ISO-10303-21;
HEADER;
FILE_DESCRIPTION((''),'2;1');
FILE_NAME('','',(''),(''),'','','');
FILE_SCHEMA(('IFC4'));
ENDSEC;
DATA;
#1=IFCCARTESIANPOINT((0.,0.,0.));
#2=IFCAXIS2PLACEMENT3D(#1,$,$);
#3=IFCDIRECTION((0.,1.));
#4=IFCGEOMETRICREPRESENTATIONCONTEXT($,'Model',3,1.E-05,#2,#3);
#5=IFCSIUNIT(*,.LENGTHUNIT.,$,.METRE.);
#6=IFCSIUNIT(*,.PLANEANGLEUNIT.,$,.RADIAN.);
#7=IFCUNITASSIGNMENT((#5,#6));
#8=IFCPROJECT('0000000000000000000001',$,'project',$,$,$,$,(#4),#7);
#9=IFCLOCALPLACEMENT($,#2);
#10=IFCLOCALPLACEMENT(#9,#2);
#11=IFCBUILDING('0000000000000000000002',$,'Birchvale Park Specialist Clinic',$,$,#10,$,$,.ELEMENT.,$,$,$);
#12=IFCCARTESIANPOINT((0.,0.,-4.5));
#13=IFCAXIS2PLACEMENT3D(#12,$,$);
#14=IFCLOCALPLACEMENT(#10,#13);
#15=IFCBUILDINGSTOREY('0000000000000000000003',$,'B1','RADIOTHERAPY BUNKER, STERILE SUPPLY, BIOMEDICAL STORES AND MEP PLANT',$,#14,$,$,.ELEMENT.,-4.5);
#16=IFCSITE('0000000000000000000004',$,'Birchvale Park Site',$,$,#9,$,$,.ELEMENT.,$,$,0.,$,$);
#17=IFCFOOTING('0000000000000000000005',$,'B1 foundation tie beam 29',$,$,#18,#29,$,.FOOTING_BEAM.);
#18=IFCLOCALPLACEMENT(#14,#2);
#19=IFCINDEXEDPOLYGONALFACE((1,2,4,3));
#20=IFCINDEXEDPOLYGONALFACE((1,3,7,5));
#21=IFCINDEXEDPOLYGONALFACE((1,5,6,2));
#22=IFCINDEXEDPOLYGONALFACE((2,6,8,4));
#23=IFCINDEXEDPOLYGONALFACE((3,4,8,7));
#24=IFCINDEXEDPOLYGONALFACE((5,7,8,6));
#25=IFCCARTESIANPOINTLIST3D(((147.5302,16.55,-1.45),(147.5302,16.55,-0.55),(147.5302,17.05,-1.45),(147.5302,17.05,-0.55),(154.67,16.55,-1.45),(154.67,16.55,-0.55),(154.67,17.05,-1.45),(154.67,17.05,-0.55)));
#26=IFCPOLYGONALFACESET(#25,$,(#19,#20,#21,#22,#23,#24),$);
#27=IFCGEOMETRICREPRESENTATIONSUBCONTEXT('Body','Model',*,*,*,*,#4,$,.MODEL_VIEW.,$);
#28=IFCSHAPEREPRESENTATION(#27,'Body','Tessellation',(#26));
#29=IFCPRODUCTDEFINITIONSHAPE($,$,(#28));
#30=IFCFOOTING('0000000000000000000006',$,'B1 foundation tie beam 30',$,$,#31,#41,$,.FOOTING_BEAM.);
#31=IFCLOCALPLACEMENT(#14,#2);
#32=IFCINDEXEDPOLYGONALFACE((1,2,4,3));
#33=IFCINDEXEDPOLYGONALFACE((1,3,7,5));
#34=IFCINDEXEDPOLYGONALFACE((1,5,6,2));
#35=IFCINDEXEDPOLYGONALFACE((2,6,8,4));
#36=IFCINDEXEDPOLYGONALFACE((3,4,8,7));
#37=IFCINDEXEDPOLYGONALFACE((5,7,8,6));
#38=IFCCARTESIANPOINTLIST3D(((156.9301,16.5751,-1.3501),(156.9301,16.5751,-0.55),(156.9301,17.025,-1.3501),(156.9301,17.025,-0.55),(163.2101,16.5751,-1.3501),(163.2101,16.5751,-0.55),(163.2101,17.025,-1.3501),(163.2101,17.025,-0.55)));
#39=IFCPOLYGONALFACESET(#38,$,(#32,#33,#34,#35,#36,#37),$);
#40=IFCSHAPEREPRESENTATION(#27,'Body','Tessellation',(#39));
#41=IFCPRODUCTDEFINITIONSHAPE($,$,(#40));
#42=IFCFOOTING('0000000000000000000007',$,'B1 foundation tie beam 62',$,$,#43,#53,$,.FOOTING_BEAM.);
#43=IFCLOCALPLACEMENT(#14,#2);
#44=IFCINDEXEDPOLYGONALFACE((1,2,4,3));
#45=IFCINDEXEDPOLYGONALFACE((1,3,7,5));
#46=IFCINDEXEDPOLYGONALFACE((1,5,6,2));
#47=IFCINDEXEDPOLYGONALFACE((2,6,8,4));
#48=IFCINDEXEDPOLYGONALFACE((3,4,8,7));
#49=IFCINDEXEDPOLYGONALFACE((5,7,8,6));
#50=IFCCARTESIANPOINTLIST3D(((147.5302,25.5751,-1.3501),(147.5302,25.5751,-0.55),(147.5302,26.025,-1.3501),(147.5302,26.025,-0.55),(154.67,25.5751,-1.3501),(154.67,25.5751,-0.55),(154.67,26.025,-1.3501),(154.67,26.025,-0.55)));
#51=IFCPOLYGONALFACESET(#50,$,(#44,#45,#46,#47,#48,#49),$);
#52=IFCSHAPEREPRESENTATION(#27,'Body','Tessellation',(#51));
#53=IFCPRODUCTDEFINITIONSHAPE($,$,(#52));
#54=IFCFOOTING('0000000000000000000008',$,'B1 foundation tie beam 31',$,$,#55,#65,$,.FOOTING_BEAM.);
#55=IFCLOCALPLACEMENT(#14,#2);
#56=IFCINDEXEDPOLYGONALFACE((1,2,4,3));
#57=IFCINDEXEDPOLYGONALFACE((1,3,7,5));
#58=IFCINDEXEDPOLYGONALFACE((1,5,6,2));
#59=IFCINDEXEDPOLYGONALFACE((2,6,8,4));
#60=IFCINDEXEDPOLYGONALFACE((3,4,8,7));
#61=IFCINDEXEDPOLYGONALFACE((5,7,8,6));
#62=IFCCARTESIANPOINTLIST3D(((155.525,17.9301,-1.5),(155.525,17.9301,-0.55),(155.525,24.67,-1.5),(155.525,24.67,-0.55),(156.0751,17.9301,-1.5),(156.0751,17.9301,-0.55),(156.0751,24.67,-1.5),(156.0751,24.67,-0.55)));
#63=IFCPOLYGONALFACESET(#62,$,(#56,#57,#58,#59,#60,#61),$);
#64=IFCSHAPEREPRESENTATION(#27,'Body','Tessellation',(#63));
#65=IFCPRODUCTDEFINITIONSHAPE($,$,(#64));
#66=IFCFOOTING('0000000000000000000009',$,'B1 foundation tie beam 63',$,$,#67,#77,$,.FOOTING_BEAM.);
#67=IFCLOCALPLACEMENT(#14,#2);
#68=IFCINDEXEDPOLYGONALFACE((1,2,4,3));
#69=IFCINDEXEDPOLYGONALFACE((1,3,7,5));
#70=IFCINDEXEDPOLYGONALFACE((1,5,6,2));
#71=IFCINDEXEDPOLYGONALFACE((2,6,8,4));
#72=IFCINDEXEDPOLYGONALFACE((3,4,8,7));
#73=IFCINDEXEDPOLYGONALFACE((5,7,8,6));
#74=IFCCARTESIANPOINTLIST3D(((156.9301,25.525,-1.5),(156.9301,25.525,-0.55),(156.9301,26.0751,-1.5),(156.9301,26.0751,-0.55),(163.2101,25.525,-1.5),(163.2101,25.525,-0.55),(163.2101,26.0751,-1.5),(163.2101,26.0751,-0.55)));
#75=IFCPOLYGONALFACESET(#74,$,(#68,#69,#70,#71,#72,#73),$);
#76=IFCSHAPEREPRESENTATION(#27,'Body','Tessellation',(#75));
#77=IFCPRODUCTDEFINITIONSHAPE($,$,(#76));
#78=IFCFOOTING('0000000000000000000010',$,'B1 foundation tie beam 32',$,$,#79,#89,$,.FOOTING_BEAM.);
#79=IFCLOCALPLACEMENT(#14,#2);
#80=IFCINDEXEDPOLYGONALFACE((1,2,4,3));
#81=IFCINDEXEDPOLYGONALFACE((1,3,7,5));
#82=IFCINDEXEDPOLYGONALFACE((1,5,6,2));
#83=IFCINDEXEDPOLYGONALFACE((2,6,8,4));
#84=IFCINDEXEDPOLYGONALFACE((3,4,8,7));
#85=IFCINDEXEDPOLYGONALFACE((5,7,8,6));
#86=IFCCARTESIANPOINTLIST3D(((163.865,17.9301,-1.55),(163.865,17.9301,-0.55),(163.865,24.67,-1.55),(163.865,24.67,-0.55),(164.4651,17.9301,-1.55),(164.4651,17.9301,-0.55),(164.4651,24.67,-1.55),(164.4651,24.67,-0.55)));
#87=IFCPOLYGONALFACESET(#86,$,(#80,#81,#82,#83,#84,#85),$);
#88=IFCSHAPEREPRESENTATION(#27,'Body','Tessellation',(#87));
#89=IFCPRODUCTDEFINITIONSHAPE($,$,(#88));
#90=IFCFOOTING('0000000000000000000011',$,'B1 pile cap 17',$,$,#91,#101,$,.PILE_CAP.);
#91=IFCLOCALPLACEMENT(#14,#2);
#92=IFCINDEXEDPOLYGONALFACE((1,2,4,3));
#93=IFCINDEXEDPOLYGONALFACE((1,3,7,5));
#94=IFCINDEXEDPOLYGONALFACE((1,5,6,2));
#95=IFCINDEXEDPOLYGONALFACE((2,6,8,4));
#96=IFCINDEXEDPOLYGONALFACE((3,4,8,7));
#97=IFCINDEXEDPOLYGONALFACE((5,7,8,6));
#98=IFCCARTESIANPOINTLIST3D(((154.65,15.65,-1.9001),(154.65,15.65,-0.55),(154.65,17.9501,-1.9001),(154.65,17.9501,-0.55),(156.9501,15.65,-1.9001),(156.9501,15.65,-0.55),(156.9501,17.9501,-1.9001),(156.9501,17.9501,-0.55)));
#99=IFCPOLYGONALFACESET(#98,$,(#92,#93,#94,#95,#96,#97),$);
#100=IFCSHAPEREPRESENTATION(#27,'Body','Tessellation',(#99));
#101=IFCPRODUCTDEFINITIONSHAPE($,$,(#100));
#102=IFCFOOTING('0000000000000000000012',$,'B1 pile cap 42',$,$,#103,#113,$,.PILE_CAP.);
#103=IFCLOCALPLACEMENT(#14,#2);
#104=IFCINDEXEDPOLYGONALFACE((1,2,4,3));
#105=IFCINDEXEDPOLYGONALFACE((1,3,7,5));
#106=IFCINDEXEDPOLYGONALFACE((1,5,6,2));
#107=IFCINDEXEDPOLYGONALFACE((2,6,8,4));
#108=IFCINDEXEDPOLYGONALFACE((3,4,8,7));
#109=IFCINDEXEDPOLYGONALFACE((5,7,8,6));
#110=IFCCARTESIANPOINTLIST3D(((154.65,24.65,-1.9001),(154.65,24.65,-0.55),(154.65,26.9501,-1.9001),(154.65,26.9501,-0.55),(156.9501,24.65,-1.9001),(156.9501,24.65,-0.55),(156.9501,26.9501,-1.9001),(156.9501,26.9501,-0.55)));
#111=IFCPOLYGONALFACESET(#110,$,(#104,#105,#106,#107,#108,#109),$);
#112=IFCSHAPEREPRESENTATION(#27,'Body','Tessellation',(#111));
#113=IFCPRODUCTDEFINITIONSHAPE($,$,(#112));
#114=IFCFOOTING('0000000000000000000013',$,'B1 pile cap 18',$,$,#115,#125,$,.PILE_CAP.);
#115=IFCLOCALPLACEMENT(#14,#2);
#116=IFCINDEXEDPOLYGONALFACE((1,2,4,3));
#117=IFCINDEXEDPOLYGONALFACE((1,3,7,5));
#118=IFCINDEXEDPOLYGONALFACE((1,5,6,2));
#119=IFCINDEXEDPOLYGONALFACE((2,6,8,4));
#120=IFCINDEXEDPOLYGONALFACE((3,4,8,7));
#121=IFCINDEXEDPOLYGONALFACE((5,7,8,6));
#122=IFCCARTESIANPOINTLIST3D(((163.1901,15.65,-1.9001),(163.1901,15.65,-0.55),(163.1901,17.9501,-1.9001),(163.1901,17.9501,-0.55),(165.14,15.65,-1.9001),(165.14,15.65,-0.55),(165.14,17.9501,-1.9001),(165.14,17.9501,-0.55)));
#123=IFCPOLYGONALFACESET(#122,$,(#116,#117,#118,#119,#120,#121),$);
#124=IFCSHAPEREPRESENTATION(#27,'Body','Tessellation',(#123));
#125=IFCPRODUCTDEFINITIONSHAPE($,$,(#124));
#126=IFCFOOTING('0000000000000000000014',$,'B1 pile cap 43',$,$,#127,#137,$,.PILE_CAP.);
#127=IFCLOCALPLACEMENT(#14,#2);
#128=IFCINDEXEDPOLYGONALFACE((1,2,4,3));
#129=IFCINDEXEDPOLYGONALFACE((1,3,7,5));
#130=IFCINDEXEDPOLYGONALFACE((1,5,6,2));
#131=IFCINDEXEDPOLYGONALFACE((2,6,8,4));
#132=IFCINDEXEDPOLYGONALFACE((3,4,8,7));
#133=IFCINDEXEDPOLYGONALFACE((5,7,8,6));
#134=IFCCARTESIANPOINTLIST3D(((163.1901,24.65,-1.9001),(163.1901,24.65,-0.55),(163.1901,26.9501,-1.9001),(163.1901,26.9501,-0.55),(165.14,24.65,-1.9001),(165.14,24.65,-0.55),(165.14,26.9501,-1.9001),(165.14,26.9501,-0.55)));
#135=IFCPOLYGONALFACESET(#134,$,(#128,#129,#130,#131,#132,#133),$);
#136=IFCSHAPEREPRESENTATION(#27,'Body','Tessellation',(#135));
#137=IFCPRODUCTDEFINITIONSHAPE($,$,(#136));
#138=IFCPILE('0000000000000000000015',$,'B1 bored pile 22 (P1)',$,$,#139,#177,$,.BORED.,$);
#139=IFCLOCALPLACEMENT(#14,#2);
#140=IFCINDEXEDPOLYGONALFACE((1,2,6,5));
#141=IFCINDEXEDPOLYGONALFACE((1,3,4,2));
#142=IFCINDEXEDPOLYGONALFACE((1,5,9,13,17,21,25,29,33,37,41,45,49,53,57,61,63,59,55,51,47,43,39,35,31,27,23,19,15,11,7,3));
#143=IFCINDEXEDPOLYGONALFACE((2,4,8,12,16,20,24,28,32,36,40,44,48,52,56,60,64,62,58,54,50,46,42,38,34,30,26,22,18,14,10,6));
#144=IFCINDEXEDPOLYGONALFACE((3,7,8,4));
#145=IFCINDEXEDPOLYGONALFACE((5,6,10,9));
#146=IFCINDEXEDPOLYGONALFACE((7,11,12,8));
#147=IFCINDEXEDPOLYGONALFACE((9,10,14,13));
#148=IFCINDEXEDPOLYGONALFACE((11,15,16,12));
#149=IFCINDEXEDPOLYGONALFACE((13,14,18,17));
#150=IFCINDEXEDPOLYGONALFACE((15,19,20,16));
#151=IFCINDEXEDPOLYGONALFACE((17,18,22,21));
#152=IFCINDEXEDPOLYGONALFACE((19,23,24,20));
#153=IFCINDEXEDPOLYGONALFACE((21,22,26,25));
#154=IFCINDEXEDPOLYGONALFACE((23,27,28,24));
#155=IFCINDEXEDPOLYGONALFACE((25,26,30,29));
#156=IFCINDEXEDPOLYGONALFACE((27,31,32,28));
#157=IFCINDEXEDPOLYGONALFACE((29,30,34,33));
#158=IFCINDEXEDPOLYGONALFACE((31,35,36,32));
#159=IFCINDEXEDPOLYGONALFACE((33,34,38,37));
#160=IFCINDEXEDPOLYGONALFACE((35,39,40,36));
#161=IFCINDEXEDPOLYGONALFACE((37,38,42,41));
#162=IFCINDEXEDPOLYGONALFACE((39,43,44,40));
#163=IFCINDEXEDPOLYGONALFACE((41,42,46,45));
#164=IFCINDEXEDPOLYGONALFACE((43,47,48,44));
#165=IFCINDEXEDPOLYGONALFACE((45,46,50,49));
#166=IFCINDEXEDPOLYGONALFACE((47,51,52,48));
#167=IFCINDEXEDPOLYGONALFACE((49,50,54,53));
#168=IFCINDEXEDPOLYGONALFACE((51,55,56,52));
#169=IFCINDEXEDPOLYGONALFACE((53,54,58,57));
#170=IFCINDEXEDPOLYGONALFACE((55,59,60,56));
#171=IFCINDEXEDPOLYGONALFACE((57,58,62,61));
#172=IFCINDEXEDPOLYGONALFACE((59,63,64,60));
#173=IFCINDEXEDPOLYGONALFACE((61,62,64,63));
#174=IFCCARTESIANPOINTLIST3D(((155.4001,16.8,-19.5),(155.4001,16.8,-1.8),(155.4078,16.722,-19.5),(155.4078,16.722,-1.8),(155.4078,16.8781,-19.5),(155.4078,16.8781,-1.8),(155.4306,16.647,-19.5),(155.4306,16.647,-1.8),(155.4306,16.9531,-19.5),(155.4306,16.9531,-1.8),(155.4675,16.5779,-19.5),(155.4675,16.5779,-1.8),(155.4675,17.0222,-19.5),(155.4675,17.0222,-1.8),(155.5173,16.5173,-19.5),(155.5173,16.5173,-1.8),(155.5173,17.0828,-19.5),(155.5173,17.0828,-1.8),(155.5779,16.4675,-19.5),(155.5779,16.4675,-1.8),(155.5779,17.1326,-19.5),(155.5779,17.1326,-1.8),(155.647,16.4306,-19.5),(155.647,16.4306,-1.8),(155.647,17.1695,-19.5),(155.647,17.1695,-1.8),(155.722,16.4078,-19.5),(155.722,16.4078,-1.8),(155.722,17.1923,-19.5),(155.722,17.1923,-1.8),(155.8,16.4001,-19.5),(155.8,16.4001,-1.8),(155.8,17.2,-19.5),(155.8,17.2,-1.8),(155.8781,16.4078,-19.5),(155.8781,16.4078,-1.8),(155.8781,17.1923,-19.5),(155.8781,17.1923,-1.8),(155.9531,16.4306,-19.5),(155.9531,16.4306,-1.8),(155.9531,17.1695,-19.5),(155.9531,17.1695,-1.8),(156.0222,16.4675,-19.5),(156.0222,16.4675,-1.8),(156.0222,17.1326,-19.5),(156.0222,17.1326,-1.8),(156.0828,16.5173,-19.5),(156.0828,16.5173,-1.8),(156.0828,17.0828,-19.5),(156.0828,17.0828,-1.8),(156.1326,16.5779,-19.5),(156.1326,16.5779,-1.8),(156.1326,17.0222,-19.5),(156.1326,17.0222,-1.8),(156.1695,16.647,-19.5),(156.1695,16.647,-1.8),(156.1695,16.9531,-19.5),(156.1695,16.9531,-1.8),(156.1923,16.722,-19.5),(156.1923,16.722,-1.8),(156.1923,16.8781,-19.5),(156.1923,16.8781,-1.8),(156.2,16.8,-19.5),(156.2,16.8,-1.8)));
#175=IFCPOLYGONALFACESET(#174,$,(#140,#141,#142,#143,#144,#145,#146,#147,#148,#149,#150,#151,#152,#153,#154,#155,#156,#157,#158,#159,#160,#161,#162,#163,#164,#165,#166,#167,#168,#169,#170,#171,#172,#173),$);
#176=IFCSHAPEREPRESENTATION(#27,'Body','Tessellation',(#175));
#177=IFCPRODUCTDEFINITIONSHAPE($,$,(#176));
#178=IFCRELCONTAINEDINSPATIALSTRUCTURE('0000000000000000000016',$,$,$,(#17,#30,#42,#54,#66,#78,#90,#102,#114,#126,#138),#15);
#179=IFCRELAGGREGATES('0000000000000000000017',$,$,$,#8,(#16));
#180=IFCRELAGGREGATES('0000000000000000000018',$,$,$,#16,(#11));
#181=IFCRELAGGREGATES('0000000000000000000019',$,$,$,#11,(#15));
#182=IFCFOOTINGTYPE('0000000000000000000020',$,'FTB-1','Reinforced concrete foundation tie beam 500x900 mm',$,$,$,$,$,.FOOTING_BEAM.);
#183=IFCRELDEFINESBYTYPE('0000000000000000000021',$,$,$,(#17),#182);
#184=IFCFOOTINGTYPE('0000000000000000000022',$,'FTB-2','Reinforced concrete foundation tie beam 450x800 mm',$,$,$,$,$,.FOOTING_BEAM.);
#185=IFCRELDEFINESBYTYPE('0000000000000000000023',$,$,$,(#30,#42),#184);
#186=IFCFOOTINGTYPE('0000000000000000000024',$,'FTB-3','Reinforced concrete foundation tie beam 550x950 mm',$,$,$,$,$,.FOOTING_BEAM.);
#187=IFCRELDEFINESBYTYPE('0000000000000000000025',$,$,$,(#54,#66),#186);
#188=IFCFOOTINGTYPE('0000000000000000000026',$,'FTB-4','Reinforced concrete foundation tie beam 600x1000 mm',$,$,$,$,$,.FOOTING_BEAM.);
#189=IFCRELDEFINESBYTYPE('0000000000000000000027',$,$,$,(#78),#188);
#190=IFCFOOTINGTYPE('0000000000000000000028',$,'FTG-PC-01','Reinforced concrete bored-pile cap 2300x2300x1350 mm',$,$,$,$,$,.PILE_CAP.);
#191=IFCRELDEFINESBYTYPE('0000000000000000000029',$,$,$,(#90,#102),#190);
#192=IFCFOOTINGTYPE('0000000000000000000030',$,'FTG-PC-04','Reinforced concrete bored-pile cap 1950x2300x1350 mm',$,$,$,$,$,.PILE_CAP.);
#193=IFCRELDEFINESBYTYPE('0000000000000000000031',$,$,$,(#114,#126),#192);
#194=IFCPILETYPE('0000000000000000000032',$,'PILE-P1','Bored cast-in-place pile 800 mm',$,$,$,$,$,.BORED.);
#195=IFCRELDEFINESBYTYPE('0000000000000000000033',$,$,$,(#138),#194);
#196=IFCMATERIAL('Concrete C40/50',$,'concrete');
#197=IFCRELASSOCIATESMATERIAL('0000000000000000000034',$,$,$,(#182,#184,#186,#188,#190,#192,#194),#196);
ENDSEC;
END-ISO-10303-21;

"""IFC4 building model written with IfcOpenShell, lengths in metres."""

from ifc_helpers import new_model, si_unit, direction, frame, origin, origin_2d, place, context, subcontext, project, spatial, rectangle, circle, extrude, material, material_profile, profile_set, type_object, element, save


model = new_model("IFC4")

# Units and contexts
model_context = context("Model", 3, precision=1e-05, world=origin(), true_north=direction((0.0, 1.0)))
body_context = subcontext(model_context, "Body", "Model", "MODEL_VIEW")
ifc_project = project(units=[si_unit("LENGTHUNIT", "METRE"), si_unit("PLANEANGLEUNIT", "RADIAN")], contexts=[model_context])

# Site, building, storey
site_placement = place(None, origin())
site = spatial("IfcSite", under=ifc_project, at=site_placement, Name="Birchvale Park Site", CompositionType="ELEMENT", RefElevation=0.0)
building_placement = place(site_placement, origin())
building = spatial("IfcBuilding", under=site, at=building_placement, Name="Birchvale Park Specialist Clinic", CompositionType="ELEMENT")
storey_placement = place(building_placement, frame((0.0, 0.0, -4.5)))
storey = spatial("IfcBuildingStorey", under=building, at=storey_placement, Name="B1", Description="RADIOTHERAPY BUNKER, STERILE SUPPLY, BIOMEDICAL STORES AND MEP PLANT", CompositionType="ELEMENT", Elevation=-4.5)

# Footings
ifc_material_1 = material(Name="Concrete C40/50", Category="concrete")
footing_type_1 = type_object("IfcFootingType", Name="FTB-1", Description="Reinforced concrete foundation tie beam 500x900 mm", PredefinedType="FOOTING_BEAM", material=ifc_material_1)
footing_1_placement = place(storey_placement, frame((151.1001, 16.8, -1.45), z_axis=(0.0, 0.0, 1.0), x_axis=(1.0, 0.0, 0.0)))
element("IfcFooting", 1, at=footing_1_placement, inside=storey, type_object=footing_type_1, Name="B1 foundation tie beam 29", PredefinedType="FOOTING_BEAM", context=body_context, shape_type="SweptSolid", body=[
    extrude(rectangle(XDim=7.1399, YDim=0.5, at=origin_2d()), origin(), (0.0, 0.0, 1.0), 0.8999),
])
footing_type_2 = type_object("IfcFootingType", Name="FTB-2", Description="Reinforced concrete foundation tie beam 450x800 mm", PredefinedType="FOOTING_BEAM", material=ifc_material_1)
footing_2_placement = place(storey_placement, frame((160.0701, 16.8, -1.3501), z_axis=(0.0, 0.0, 1.0), x_axis=(1.0, 0.0, 0.0)))
element("IfcFooting", 2, at=footing_2_placement, inside=storey, type_object=footing_type_2, Name="B1 foundation tie beam 30", PredefinedType="FOOTING_BEAM", context=body_context, shape_type="SweptSolid", body=[
    extrude(rectangle(XDim=6.28, YDim=0.45, at=origin_2d()), origin(), (0.0, 0.0, 1.0), 0.8),
])
footing_3_placement = place(storey_placement, frame((151.1001, 25.8, -1.3501), z_axis=(0.0, 0.0, 1.0), x_axis=(1.0, 0.0, 0.0)))
element("IfcFooting", 3, at=footing_3_placement, inside=storey, type_object=footing_type_2, Name="B1 foundation tie beam 62", PredefinedType="FOOTING_BEAM", context=body_context, shape_type="SweptSolid", body=[
    extrude(rectangle(XDim=7.1399, YDim=0.45, at=origin_2d()), origin(), (0.0, 0.0, 1.0), 0.8),
])
footing_type_3 = type_object("IfcFootingType", Name="FTB-3", Description="Reinforced concrete foundation tie beam 550x950 mm", PredefinedType="FOOTING_BEAM", material=ifc_material_1)
footing_4_placement = place(storey_placement, frame((155.8, 21.3, -1.5), z_axis=(0.0, 0.0, 1.0), x_axis=(1.0, 0.0, 0.0)))
element("IfcFooting", 4, at=footing_4_placement, inside=storey, type_object=footing_type_3, Name="B1 foundation tie beam 31", PredefinedType="FOOTING_BEAM", context=body_context, shape_type="SweptSolid", body=[
    extrude(rectangle(XDim=0.55, YDim=6.74, at=origin_2d()), origin(), (0.0, 0.0, 1.0), 0.95),
])
footing_5_placement = place(storey_placement, frame((160.0701, 25.8, -1.5), z_axis=(0.0, 0.0, 1.0), x_axis=(1.0, 0.0, 0.0)))
element("IfcFooting", 5, at=footing_5_placement, inside=storey, type_object=footing_type_3, Name="B1 foundation tie beam 63", PredefinedType="FOOTING_BEAM", context=body_context, shape_type="SweptSolid", body=[
    extrude(rectangle(XDim=6.28, YDim=0.55, at=origin_2d()), origin(), (0.0, 0.0, 1.0), 0.95),
])
footing_type_4 = type_object("IfcFootingType", Name="FTB-4", Description="Reinforced concrete foundation tie beam 600x1000 mm", PredefinedType="FOOTING_BEAM", material=ifc_material_1)
footing_6_placement = place(storey_placement, frame((164.165, 21.3, -1.55), z_axis=(0.0, 0.0, 1.0), x_axis=(1.0, 0.0, 0.0)))
element("IfcFooting", 6, at=footing_6_placement, inside=storey, type_object=footing_type_4, Name="B1 foundation tie beam 32", PredefinedType="FOOTING_BEAM", context=body_context, shape_type="SweptSolid", body=[
    extrude(rectangle(XDim=0.6001, YDim=6.74, at=origin_2d()), origin(), (0.0, 0.0, 1.0), 1.0),
])
footing_type_5 = type_object("IfcFootingType", Name="FTG-PC-01", Description="Reinforced concrete bored-pile cap 2300x2300x1350 mm", PredefinedType="PILE_CAP", material=ifc_material_1)
for number, where, z_axis, x_axis, name in (
    (7, (155.8, 16.8, -1.9001), (0.0, 0.0, 1.0), (1.0, 0.0, 0.0), "B1 pile cap 17"),
    (8, (155.8, 25.8, -1.9001), (0.0, 0.0, 1.0), (1.0, 0.0, 0.0), "B1 pile cap 42"),
):
    element("IfcFooting", number, at=place(storey_placement, frame(where, z_axis=z_axis, x_axis=x_axis)), inside=storey, type_object=footing_type_5, Name=name, PredefinedType="PILE_CAP", context=body_context, shape_type="SweptSolid", body=[
        extrude(rectangle(XDim=2.3, YDim=2.3, at=origin_2d()), origin(), (0.0, 0.0, 1.0), 1.3501),
    ])
footing_type_6 = type_object("IfcFootingType", Name="FTG-PC-04", Description="Reinforced concrete bored-pile cap 1950x2300x1350 mm", PredefinedType="PILE_CAP", material=ifc_material_1)
for number, where, z_axis, x_axis, name in (
    (9, (164.165, 16.8, -1.9001), (0.0, 0.0, 1.0), (1.0, 0.0, 0.0), "B1 pile cap 18"),
    (10, (164.165, 25.8, -1.9001), (0.0, 0.0, 1.0), (1.0, 0.0, 0.0), "B1 pile cap 43"),
):
    element("IfcFooting", number, at=place(storey_placement, frame(where, z_axis=z_axis, x_axis=x_axis)), inside=storey, type_object=footing_type_6, Name=name, PredefinedType="PILE_CAP", context=body_context, shape_type="SweptSolid", body=[
        extrude(rectangle(XDim=1.95, YDim=2.3, at=origin_2d()), origin(), (0.0, 0.0, 1.0), 1.3501),
    ])

# Pile
ifc_material_profile_1 = material_profile(ifc_material_1, circle(Radius=0.3999, at=origin_2d()), Name="PILE-800")
ifc_profile_set_1 = profile_set([ifc_material_profile_1], Name="Concrete C40/50")
pile_type_1 = type_object("IfcPileType", Name="PILE-P1", Description="Bored cast-in-place pile 800 mm", PredefinedType="BORED", material=ifc_profile_set_1)
pile_1_placement = place(storey_placement, frame((155.8, 16.8, -1.8), z_axis=(0.0, 0.0, -1.0), x_axis=(1.0, 0.0, 0.0)))
element("IfcPile", 11, at=pile_1_placement, inside=storey, type_object=pile_type_1, Name="B1 bored pile 22 (P1)", PredefinedType="BORED", context=body_context, shape_type="SweptSolid", body=[
    extrude(circle(Radius=0.3999, at=origin_2d()), origin(), (0.0, 0.0, 1.0), 17.7),
])

save(model, "model.ifc")
